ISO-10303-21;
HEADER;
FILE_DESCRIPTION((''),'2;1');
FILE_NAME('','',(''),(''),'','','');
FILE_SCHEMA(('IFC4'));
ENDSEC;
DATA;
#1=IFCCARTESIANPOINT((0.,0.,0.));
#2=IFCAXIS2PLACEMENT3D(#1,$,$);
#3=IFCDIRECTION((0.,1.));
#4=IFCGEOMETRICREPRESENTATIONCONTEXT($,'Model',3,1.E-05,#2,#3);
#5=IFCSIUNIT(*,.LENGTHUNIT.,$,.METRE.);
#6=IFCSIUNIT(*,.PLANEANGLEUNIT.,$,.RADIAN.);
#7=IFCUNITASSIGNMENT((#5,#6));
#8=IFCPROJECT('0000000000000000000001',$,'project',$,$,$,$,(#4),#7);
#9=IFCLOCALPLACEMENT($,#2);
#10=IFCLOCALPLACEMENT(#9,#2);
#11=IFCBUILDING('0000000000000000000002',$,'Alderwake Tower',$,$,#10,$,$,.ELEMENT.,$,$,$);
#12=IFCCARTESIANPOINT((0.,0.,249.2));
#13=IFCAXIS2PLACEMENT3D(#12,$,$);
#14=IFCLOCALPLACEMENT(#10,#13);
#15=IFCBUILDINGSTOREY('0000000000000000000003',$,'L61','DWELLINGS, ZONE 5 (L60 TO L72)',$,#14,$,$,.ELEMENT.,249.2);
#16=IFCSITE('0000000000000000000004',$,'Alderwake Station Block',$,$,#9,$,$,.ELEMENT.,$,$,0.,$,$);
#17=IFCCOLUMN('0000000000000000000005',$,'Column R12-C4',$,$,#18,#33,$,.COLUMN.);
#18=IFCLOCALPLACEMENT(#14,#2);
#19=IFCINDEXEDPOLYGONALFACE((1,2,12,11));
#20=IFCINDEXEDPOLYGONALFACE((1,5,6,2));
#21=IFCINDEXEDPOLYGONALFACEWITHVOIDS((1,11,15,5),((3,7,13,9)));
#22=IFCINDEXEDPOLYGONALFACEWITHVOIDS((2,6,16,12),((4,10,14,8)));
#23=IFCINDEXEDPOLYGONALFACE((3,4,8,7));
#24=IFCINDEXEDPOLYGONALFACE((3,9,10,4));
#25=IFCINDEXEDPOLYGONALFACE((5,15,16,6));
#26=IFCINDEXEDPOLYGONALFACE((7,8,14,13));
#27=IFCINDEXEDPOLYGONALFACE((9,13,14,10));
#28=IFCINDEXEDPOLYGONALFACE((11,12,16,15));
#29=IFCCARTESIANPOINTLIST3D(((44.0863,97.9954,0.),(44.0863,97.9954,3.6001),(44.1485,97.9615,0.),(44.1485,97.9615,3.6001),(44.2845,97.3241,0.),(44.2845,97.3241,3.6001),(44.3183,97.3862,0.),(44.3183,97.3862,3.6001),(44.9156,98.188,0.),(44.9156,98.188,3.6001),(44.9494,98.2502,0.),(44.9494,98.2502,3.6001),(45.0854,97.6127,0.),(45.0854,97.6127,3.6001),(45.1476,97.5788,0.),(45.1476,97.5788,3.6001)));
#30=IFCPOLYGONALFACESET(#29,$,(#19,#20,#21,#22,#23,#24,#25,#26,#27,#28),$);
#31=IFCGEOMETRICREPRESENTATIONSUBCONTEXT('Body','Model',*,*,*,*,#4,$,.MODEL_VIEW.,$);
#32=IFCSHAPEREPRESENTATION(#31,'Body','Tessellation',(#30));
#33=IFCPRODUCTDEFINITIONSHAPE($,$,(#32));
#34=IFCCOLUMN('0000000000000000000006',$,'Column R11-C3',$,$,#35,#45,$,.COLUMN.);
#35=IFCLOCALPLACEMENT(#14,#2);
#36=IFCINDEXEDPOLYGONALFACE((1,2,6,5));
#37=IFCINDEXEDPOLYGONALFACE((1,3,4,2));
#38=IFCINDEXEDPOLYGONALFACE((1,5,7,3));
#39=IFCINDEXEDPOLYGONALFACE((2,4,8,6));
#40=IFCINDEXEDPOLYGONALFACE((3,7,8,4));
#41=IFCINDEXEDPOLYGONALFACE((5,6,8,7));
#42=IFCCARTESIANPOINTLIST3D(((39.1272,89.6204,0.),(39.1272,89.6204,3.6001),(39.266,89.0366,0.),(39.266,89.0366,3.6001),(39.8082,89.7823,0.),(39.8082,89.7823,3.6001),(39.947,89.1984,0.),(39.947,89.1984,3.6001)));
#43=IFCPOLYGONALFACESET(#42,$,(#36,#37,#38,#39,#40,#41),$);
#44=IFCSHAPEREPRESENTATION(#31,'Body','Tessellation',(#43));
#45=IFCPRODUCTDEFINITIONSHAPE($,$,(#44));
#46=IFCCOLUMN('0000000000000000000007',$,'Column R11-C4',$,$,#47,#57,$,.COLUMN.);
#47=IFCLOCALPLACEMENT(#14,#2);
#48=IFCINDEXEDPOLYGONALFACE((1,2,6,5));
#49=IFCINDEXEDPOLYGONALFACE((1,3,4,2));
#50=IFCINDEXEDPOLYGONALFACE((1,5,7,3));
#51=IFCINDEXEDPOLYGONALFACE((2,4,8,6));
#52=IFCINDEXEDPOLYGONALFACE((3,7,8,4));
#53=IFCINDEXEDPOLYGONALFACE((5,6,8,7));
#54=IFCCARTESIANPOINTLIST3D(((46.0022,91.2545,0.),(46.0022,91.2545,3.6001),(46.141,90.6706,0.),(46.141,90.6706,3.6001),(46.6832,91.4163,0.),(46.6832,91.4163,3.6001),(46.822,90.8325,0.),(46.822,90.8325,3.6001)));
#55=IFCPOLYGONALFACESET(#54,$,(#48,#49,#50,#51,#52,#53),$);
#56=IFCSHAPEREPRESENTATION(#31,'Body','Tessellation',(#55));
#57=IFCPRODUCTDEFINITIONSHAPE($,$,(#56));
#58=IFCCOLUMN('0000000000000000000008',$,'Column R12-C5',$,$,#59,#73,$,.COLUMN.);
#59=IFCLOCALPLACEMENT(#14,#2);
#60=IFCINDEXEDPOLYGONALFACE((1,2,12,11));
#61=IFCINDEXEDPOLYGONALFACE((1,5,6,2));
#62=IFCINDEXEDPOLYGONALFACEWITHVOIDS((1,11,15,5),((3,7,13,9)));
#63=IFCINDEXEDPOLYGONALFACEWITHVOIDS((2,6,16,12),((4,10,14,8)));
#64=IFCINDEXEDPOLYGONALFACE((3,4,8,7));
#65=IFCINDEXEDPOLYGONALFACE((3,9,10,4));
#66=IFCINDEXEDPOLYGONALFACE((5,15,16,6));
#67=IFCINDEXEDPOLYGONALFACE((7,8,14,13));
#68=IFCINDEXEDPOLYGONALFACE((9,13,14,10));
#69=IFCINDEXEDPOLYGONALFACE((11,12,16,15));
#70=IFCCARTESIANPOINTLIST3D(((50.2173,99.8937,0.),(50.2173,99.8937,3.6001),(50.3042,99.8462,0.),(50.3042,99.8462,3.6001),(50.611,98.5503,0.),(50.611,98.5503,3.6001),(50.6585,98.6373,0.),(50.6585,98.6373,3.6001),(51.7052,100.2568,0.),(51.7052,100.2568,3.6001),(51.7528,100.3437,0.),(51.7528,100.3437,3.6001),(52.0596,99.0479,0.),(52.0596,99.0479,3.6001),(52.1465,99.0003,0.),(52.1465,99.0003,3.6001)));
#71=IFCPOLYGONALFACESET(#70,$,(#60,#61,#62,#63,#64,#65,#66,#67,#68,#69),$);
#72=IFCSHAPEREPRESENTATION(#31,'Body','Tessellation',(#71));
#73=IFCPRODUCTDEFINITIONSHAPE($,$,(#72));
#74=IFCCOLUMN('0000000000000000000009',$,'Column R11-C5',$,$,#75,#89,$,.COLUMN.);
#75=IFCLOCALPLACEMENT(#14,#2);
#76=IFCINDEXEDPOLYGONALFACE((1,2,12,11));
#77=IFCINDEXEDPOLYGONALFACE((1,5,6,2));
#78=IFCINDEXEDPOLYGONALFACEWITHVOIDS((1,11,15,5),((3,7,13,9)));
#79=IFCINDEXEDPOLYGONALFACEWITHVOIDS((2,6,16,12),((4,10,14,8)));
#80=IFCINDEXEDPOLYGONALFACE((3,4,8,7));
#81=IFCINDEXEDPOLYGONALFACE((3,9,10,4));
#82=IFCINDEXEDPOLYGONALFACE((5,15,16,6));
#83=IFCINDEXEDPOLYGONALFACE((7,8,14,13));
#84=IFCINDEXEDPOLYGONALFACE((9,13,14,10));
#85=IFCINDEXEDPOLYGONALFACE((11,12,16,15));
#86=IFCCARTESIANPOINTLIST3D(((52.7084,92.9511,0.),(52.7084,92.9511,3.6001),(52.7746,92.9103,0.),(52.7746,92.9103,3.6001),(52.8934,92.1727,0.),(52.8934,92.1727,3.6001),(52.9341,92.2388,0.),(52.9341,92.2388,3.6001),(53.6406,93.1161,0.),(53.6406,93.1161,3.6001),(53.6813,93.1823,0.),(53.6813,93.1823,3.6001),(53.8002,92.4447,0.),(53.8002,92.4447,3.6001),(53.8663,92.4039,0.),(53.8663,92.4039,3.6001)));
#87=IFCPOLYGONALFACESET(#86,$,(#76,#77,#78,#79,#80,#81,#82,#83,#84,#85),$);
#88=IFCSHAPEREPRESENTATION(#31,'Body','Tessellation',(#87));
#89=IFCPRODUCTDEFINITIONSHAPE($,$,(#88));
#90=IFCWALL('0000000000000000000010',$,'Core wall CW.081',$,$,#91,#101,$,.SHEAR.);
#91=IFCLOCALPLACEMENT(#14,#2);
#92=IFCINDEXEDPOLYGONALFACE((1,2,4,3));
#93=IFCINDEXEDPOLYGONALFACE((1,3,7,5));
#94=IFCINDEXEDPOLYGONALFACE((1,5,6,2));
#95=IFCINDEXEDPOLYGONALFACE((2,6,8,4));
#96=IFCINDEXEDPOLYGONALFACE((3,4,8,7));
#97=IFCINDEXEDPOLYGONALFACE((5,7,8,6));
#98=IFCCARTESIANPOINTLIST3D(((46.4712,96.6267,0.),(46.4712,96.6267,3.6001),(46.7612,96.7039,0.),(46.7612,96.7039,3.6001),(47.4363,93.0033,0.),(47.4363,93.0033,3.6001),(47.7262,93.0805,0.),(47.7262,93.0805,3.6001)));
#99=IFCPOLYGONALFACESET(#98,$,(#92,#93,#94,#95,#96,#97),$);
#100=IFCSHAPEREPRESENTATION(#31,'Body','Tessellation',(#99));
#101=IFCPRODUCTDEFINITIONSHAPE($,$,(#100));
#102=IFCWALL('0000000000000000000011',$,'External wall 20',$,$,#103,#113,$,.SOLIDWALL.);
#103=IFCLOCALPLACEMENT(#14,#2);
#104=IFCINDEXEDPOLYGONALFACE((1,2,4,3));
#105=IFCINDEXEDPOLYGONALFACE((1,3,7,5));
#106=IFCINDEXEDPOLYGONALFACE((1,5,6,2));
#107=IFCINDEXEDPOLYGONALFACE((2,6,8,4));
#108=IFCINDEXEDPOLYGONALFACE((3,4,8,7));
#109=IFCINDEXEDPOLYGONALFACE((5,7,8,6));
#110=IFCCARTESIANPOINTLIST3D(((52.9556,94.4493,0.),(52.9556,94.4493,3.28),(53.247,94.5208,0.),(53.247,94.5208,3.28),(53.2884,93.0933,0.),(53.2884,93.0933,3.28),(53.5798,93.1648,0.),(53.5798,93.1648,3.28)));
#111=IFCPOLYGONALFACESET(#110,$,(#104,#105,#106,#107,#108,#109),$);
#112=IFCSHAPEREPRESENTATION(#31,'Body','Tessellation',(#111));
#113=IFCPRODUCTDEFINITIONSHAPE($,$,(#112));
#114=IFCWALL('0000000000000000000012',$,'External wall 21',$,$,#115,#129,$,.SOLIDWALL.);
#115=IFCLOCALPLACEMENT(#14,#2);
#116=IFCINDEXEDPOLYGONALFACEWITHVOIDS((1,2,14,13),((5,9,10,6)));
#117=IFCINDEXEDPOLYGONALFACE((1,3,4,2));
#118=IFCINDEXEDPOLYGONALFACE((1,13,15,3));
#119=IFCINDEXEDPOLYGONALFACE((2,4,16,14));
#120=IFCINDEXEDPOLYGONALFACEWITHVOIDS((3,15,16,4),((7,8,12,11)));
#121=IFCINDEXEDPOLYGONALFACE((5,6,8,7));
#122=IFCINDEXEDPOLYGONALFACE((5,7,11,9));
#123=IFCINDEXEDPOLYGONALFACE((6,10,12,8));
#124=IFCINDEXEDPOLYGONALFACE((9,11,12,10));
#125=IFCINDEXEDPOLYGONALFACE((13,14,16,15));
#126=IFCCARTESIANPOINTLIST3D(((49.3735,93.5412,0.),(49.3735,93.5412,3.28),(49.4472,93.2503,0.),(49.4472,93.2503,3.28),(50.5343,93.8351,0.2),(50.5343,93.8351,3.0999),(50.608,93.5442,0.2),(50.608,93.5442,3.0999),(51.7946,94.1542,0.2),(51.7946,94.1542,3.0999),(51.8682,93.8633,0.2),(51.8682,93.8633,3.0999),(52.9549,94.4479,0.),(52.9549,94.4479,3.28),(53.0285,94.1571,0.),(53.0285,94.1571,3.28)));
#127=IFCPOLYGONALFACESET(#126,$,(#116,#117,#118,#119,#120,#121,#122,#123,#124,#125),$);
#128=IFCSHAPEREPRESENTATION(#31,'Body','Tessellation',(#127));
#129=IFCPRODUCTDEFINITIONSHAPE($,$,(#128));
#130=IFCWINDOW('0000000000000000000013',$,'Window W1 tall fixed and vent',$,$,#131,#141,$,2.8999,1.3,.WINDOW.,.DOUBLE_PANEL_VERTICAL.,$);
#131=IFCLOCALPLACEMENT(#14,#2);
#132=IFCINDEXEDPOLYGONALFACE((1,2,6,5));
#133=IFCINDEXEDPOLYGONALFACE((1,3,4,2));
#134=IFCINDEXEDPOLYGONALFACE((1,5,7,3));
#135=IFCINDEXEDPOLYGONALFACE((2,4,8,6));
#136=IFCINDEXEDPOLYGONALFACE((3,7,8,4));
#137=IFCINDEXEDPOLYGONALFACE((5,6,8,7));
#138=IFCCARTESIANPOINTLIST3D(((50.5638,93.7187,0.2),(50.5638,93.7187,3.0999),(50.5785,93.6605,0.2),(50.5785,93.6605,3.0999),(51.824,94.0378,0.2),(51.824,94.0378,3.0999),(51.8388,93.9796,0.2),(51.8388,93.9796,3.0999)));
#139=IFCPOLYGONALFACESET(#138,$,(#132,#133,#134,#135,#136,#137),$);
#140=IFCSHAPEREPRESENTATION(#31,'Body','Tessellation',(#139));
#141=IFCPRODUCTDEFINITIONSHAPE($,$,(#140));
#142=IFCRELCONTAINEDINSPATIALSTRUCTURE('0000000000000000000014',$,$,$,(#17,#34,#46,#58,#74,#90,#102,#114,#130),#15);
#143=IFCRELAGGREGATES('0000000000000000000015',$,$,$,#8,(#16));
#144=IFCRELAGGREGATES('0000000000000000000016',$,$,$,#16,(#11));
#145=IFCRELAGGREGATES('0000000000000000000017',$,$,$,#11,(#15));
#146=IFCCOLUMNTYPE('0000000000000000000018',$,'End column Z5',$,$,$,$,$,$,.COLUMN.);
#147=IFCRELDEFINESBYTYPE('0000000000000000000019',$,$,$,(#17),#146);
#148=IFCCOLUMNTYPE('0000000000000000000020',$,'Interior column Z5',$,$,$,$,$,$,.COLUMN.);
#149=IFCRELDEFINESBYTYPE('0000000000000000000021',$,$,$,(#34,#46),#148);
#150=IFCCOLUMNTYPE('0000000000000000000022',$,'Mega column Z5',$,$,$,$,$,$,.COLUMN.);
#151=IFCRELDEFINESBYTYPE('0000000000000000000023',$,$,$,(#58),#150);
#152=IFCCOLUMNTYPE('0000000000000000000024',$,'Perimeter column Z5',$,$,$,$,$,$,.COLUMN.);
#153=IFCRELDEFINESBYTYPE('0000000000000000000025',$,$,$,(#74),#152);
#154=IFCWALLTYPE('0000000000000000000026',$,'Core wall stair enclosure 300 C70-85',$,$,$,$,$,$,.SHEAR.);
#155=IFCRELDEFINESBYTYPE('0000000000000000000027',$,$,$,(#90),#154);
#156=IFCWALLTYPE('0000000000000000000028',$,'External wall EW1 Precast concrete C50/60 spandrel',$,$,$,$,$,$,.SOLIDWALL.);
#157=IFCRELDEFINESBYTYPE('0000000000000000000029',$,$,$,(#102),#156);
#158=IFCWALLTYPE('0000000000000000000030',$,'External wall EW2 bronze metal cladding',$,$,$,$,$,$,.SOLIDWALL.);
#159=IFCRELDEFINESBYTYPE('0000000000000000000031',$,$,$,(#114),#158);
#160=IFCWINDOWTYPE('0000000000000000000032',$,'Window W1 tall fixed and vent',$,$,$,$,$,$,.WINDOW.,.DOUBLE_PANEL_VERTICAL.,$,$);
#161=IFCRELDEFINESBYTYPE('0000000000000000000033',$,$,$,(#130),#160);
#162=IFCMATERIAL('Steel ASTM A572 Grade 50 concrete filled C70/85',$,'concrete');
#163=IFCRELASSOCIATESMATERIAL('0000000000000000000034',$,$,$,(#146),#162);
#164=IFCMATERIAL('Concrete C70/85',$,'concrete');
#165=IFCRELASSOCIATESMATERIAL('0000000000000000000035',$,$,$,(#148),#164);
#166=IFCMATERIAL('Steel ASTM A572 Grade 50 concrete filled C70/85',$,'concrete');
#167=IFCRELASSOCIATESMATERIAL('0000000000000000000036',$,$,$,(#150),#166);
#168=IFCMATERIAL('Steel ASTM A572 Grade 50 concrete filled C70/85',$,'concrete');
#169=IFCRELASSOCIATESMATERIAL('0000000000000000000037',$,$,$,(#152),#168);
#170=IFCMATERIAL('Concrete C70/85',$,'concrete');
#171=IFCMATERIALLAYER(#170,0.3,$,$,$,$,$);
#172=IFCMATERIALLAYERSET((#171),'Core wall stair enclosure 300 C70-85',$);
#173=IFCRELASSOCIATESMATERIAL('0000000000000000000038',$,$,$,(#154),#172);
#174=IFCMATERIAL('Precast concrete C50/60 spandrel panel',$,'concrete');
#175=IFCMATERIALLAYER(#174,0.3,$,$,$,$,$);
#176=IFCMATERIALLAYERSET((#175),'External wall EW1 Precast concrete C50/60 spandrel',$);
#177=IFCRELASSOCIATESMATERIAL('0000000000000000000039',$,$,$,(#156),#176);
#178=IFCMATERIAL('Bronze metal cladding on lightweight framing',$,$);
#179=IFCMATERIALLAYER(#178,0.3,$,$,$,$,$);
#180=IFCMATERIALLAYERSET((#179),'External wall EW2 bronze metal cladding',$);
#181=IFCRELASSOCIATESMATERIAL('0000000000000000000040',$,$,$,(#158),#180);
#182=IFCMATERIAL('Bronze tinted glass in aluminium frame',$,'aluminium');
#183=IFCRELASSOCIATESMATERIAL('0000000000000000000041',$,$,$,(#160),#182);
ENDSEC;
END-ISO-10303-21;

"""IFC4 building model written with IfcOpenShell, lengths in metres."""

from ifc_helpers import new_model, si_unit, direction, frame, frame_2d, origin, origin_2d, place, context, subcontext, project, spatial, rectangle, hollow_rectangle, extrude, material, layer, layer_set, material_profile, profile_set, type_object, element, fill, save


model = new_model("IFC4")

# Units and contexts
model_context = context("Model", 3, precision=1e-05, world=origin(), true_north=direction((0.0, 1.0)))
body_context = subcontext(model_context, "Body", "Model", "MODEL_VIEW")
ifc_project = project(units=[si_unit("LENGTHUNIT", "METRE"), si_unit("PLANEANGLEUNIT", "RADIAN")], contexts=[model_context])

# Site, building, storey
site_placement = place(None, origin())
site = spatial("IfcSite", under=ifc_project, at=site_placement, Name="Alderwake Station Block", CompositionType="ELEMENT", RefElevation=0.0)
building_placement = place(site_placement, origin())
building = spatial("IfcBuilding", under=site, at=building_placement, Name="Alderwake Tower", CompositionType="ELEMENT")
storey_placement = place(building_placement, frame((0.0, 0.0, 249.2)))
storey = spatial("IfcBuildingStorey", under=building, at=storey_placement, Name="L61", Description="DWELLINGS, ZONE 5 (L60 TO L72)", CompositionType="ELEMENT", Elevation=249.2)

# Columns
ifc_material_1 = material(Name="Steel ASTM A572 Grade 50 concrete filled C70/85", Category="concrete")
ifc_material_profile_1 = material_profile(ifc_material_1, hollow_rectangle(XDim=0.7, YDim=0.8999, WallThickness=0.05, at=origin_2d()), Name="BOX 900X700X50")
ifc_profile_set_1 = profile_set([ifc_material_profile_1], Name="Steel ASTM A572 Grade 50 concrete filled C70/85")
column_type_1 = type_object("IfcColumnType", Name="End column Z5", PredefinedType="COLUMN", material=ifc_profile_set_1)
column_1_placement = place(storey_placement, frame((44.6169, 97.7871, 0.0), z_axis=(0.0, 0.0, 1.0), x_axis=(-0.283123, 0.959084, 0.0)))
element("IfcColumn", 1, at=column_1_placement, inside=storey, type_object=column_type_1, Name="Column R12-C4", PredefinedType="COLUMN", context=body_context, shape_type="SweptSolid", body=[
    extrude(hollow_rectangle(XDim=0.7, YDim=0.8999, WallThickness=0.05, at=origin_2d()), origin(), (0.0, 0.0, 1.0), 3.6001),
])
ifc_material_2 = material(Name="Concrete C70/85", Category="concrete")
ifc_material_profile_2 = material_profile(ifc_material_2, rectangle(XDim=0.6001, YDim=0.7, at=origin_2d()), Name="RC 700X600")
ifc_profile_set_2 = profile_set([ifc_material_profile_2], Name="Concrete C70/85")
column_type_2 = type_object("IfcColumnType", Name="Interior column Z5", PredefinedType="COLUMN", material=ifc_profile_set_2)
for number, where, z_axis, x_axis, name in (
    (2, (39.5371, 89.4094, 0.0), (0.0, 0.0, 1.0), (-0.231222, 0.972901, 0.0), "Column R11-C3"),
    (3, (46.4121, 91.0435, 0.0), (0.0, 0.0, 1.0), (-0.231222, 0.972901, 0.0), "Column R11-C4"),
):
    element("IfcColumn", number, at=place(storey_placement, frame(where, z_axis=z_axis, x_axis=x_axis)), inside=storey, type_object=column_type_2, Name=name, PredefinedType="COLUMN", context=body_context, shape_type="SweptSolid", body=[
        extrude(rectangle(XDim=0.6001, YDim=0.7, at=origin_2d()), origin(), (0.0, 0.0, 1.0), 3.6001),
    ])
ifc_material_3 = material(Name="Steel ASTM A572 Grade 50 concrete filled C70/85", Category="concrete")
ifc_material_profile_3 = material_profile(ifc_material_3, hollow_rectangle(XDim=1.3999, YDim=1.6001, WallThickness=0.0701, at=origin_2d()), Name="BOX 1600X1400X70")
ifc_profile_set_3 = profile_set([ifc_material_profile_3], Name="Steel ASTM A572 Grade 50 concrete filled C70/85")
column_type_3 = type_object("IfcColumnType", Name="Mega column Z5", PredefinedType="COLUMN", material=ifc_profile_set_3)
column_2_placement = place(storey_placement, frame((51.1819, 99.447, 0.0), z_axis=(0.0, 0.0, 1.0), x_axis=(-0.281251, 0.959634, 0.0)))
element("IfcColumn", 4, at=column_2_placement, inside=storey, type_object=column_type_3, Name="Column R12-C5", PredefinedType="COLUMN", context=body_context, shape_type="SweptSolid", body=[
    extrude(hollow_rectangle(XDim=1.3999, YDim=1.6001, WallThickness=0.0701, at=origin_2d()), origin(), (0.0, 0.0, 1.0), 3.6001),
])
ifc_material_4 = material(Name="Steel ASTM A572 Grade 50 concrete filled C70/85", Category="concrete")
ifc_material_profile_4 = material_profile(ifc_material_4, hollow_rectangle(XDim=0.8, YDim=1.0, WallThickness=0.0549, at=origin_2d()), Name="BOX 1000X800X55")
ifc_profile_set_4 = profile_set([ifc_material_profile_4], Name="Steel ASTM A572 Grade 50 concrete filled C70/85")
column_type_4 = type_object("IfcColumnType", Name="Perimeter column Z5", PredefinedType="COLUMN", material=ifc_profile_set_4)
column_3_placement = place(storey_placement, frame((53.2874, 92.6775, 0.0), z_axis=(0.0, 0.0, 1.0), x_axis=(-0.231222, 0.972901, 0.0)))
element("IfcColumn", 5, at=column_3_placement, inside=storey, type_object=column_type_4, Name="Column R11-C5", PredefinedType="COLUMN", context=body_context, shape_type="SweptSolid", body=[
    extrude(hollow_rectangle(XDim=0.8, YDim=1.0, WallThickness=0.0549, at=origin_2d()), origin(), (0.0, 0.0, 1.0), 3.6001),
])

# Walls
ifc_material_5 = material(Name="Concrete C70/85", Category="concrete")
ifc_layer_1 = layer(ifc_material_5, 0.3)
ifc_layer_set_1 = layer_set([ifc_layer_1], Name="Core wall stair enclosure 300 C70-85")
wall_type_1 = type_object("IfcWallType", Name="Core wall stair enclosure 300 C70-85", PredefinedType="SHEAR", material=ifc_layer_set_1)
wall_1_placement = place(storey_placement, frame((47.5813, 93.0417, 0.0), z_axis=(0.0, 0.0, 1.0), x_axis=(-0.257367, 0.966314, 0.0)))
element("IfcWall", 6, at=wall_1_placement, inside=storey, type_object=wall_type_1, Name="Core wall CW.081", PredefinedType="SHEAR", context=body_context, shape_type="SweptSolid", body=[
    extrude(rectangle(XDim=3.7498, YDim=0.3, at=frame_2d((1.875, 0.0))), origin(), (0.0, 0.0, 1.0), 3.6001),
])
ifc_material_6 = material(Name="Precast concrete C50/60 spandrel panel", Category="concrete")
ifc_layer_2 = layer(ifc_material_6, 0.3)
ifc_layer_set_2 = layer_set([ifc_layer_2], Name="External wall EW1 Precast concrete C50/60 spandrel")
wall_type_2 = type_object("IfcWallType", Name="External wall EW1 Precast concrete C50/60 spandrel", PredefinedType="SOLIDWALL", material=ifc_layer_set_2)
wall_2_placement = place(storey_placement, frame((53.4341, 93.1289, 0.0), z_axis=(0.0, 0.0, 1.0), x_axis=(-0.238337, 0.971183, 0.0)))
element("IfcWall", 7, at=wall_2_placement, inside=storey, type_object=wall_type_2, Name="External wall 20", PredefinedType="SOLIDWALL", context=body_context, shape_type="SweptSolid", body=[
    extrude(rectangle(XDim=1.3962, YDim=0.3, at=frame_2d((0.6982, 0.0))), origin(), (0.0, 0.0, 1.0), 3.28),
])

# Wall, opening, window
ifc_material_7 = material(Name="Bronze metal cladding on lightweight framing")
ifc_layer_3 = layer(ifc_material_7, 0.3)
ifc_layer_set_3 = layer_set([ifc_layer_3], Name="External wall EW2 bronze metal cladding")
wall_type_3 = type_object("IfcWallType", Name="External wall EW2 bronze metal cladding", PredefinedType="SOLIDWALL", material=ifc_layer_set_3)
wall_3_placement = place(storey_placement, frame((52.9917, 94.3025, 0.0), z_axis=(0.0, 0.0, 1.0), x_axis=(-0.969411, -0.245442, 0.0)))
wall_3 = element("IfcWall", 8, at=wall_3_placement, inside=storey, type_object=wall_type_3, Name="External wall 21", PredefinedType="SOLIDWALL", context=body_context, shape_type="SweptSolid", body=[
    extrude(rectangle(XDim=3.6943, YDim=0.3, at=frame_2d((1.8472, 0.0))), origin(), (0.0, 0.0, 1.0), 3.28),
])
opening_1_placement = place(wall_3_placement, frame((1.197, 0.0, 0.2)))
opening_1 = element("IfcOpeningElement", 9, at=opening_1_placement, cuts=wall_3, PredefinedType="OPENING", context=body_context, shape_type="SweptSolid", body=[
    extrude(rectangle(XDim=1.3, YDim=2.8999, at=frame_2d((0.6499, 1.45))), frame((0.0, 0.1599, 0.0), z_axis=(0.0, -1.0, 0.0), x_axis=(1.0, 0.0, 0.0)), (0.0, 0.0, 1.0), 0.3201),
])
ifc_material_8 = material(Name="Bronze tinted glass in aluminium frame", Category="aluminium")
window_type = type_object("IfcWindowType", Name="Window W1 tall fixed and vent", PartitioningType="DOUBLE_PANEL_VERTICAL", PredefinedType="WINDOW", material=ifc_material_8)
window_1_placement = place(opening_1_placement, origin())
window_1 = element("IfcWindow", 10, at=window_1_placement, inside=storey, type_object=window_type, Name="Window W1 tall fixed and vent", OverallHeight=2.8999, OverallWidth=1.3, PartitioningType="DOUBLE_PANEL_VERTICAL", PredefinedType="WINDOW", context=body_context, shape_type="SweptSolid", body=[
    extrude(rectangle(XDim=1.3, YDim=2.8999, at=frame_2d((0.6499, 1.45))), frame((0.0, 0.03, 0.0), z_axis=(0.0, -1.0, 0.0), x_axis=(1.0, 0.0, 0.0)), (0.0, 0.0, 1.0), 0.0601),
])
fill(opening_1, window_1)

save(model, "model.ifc")
